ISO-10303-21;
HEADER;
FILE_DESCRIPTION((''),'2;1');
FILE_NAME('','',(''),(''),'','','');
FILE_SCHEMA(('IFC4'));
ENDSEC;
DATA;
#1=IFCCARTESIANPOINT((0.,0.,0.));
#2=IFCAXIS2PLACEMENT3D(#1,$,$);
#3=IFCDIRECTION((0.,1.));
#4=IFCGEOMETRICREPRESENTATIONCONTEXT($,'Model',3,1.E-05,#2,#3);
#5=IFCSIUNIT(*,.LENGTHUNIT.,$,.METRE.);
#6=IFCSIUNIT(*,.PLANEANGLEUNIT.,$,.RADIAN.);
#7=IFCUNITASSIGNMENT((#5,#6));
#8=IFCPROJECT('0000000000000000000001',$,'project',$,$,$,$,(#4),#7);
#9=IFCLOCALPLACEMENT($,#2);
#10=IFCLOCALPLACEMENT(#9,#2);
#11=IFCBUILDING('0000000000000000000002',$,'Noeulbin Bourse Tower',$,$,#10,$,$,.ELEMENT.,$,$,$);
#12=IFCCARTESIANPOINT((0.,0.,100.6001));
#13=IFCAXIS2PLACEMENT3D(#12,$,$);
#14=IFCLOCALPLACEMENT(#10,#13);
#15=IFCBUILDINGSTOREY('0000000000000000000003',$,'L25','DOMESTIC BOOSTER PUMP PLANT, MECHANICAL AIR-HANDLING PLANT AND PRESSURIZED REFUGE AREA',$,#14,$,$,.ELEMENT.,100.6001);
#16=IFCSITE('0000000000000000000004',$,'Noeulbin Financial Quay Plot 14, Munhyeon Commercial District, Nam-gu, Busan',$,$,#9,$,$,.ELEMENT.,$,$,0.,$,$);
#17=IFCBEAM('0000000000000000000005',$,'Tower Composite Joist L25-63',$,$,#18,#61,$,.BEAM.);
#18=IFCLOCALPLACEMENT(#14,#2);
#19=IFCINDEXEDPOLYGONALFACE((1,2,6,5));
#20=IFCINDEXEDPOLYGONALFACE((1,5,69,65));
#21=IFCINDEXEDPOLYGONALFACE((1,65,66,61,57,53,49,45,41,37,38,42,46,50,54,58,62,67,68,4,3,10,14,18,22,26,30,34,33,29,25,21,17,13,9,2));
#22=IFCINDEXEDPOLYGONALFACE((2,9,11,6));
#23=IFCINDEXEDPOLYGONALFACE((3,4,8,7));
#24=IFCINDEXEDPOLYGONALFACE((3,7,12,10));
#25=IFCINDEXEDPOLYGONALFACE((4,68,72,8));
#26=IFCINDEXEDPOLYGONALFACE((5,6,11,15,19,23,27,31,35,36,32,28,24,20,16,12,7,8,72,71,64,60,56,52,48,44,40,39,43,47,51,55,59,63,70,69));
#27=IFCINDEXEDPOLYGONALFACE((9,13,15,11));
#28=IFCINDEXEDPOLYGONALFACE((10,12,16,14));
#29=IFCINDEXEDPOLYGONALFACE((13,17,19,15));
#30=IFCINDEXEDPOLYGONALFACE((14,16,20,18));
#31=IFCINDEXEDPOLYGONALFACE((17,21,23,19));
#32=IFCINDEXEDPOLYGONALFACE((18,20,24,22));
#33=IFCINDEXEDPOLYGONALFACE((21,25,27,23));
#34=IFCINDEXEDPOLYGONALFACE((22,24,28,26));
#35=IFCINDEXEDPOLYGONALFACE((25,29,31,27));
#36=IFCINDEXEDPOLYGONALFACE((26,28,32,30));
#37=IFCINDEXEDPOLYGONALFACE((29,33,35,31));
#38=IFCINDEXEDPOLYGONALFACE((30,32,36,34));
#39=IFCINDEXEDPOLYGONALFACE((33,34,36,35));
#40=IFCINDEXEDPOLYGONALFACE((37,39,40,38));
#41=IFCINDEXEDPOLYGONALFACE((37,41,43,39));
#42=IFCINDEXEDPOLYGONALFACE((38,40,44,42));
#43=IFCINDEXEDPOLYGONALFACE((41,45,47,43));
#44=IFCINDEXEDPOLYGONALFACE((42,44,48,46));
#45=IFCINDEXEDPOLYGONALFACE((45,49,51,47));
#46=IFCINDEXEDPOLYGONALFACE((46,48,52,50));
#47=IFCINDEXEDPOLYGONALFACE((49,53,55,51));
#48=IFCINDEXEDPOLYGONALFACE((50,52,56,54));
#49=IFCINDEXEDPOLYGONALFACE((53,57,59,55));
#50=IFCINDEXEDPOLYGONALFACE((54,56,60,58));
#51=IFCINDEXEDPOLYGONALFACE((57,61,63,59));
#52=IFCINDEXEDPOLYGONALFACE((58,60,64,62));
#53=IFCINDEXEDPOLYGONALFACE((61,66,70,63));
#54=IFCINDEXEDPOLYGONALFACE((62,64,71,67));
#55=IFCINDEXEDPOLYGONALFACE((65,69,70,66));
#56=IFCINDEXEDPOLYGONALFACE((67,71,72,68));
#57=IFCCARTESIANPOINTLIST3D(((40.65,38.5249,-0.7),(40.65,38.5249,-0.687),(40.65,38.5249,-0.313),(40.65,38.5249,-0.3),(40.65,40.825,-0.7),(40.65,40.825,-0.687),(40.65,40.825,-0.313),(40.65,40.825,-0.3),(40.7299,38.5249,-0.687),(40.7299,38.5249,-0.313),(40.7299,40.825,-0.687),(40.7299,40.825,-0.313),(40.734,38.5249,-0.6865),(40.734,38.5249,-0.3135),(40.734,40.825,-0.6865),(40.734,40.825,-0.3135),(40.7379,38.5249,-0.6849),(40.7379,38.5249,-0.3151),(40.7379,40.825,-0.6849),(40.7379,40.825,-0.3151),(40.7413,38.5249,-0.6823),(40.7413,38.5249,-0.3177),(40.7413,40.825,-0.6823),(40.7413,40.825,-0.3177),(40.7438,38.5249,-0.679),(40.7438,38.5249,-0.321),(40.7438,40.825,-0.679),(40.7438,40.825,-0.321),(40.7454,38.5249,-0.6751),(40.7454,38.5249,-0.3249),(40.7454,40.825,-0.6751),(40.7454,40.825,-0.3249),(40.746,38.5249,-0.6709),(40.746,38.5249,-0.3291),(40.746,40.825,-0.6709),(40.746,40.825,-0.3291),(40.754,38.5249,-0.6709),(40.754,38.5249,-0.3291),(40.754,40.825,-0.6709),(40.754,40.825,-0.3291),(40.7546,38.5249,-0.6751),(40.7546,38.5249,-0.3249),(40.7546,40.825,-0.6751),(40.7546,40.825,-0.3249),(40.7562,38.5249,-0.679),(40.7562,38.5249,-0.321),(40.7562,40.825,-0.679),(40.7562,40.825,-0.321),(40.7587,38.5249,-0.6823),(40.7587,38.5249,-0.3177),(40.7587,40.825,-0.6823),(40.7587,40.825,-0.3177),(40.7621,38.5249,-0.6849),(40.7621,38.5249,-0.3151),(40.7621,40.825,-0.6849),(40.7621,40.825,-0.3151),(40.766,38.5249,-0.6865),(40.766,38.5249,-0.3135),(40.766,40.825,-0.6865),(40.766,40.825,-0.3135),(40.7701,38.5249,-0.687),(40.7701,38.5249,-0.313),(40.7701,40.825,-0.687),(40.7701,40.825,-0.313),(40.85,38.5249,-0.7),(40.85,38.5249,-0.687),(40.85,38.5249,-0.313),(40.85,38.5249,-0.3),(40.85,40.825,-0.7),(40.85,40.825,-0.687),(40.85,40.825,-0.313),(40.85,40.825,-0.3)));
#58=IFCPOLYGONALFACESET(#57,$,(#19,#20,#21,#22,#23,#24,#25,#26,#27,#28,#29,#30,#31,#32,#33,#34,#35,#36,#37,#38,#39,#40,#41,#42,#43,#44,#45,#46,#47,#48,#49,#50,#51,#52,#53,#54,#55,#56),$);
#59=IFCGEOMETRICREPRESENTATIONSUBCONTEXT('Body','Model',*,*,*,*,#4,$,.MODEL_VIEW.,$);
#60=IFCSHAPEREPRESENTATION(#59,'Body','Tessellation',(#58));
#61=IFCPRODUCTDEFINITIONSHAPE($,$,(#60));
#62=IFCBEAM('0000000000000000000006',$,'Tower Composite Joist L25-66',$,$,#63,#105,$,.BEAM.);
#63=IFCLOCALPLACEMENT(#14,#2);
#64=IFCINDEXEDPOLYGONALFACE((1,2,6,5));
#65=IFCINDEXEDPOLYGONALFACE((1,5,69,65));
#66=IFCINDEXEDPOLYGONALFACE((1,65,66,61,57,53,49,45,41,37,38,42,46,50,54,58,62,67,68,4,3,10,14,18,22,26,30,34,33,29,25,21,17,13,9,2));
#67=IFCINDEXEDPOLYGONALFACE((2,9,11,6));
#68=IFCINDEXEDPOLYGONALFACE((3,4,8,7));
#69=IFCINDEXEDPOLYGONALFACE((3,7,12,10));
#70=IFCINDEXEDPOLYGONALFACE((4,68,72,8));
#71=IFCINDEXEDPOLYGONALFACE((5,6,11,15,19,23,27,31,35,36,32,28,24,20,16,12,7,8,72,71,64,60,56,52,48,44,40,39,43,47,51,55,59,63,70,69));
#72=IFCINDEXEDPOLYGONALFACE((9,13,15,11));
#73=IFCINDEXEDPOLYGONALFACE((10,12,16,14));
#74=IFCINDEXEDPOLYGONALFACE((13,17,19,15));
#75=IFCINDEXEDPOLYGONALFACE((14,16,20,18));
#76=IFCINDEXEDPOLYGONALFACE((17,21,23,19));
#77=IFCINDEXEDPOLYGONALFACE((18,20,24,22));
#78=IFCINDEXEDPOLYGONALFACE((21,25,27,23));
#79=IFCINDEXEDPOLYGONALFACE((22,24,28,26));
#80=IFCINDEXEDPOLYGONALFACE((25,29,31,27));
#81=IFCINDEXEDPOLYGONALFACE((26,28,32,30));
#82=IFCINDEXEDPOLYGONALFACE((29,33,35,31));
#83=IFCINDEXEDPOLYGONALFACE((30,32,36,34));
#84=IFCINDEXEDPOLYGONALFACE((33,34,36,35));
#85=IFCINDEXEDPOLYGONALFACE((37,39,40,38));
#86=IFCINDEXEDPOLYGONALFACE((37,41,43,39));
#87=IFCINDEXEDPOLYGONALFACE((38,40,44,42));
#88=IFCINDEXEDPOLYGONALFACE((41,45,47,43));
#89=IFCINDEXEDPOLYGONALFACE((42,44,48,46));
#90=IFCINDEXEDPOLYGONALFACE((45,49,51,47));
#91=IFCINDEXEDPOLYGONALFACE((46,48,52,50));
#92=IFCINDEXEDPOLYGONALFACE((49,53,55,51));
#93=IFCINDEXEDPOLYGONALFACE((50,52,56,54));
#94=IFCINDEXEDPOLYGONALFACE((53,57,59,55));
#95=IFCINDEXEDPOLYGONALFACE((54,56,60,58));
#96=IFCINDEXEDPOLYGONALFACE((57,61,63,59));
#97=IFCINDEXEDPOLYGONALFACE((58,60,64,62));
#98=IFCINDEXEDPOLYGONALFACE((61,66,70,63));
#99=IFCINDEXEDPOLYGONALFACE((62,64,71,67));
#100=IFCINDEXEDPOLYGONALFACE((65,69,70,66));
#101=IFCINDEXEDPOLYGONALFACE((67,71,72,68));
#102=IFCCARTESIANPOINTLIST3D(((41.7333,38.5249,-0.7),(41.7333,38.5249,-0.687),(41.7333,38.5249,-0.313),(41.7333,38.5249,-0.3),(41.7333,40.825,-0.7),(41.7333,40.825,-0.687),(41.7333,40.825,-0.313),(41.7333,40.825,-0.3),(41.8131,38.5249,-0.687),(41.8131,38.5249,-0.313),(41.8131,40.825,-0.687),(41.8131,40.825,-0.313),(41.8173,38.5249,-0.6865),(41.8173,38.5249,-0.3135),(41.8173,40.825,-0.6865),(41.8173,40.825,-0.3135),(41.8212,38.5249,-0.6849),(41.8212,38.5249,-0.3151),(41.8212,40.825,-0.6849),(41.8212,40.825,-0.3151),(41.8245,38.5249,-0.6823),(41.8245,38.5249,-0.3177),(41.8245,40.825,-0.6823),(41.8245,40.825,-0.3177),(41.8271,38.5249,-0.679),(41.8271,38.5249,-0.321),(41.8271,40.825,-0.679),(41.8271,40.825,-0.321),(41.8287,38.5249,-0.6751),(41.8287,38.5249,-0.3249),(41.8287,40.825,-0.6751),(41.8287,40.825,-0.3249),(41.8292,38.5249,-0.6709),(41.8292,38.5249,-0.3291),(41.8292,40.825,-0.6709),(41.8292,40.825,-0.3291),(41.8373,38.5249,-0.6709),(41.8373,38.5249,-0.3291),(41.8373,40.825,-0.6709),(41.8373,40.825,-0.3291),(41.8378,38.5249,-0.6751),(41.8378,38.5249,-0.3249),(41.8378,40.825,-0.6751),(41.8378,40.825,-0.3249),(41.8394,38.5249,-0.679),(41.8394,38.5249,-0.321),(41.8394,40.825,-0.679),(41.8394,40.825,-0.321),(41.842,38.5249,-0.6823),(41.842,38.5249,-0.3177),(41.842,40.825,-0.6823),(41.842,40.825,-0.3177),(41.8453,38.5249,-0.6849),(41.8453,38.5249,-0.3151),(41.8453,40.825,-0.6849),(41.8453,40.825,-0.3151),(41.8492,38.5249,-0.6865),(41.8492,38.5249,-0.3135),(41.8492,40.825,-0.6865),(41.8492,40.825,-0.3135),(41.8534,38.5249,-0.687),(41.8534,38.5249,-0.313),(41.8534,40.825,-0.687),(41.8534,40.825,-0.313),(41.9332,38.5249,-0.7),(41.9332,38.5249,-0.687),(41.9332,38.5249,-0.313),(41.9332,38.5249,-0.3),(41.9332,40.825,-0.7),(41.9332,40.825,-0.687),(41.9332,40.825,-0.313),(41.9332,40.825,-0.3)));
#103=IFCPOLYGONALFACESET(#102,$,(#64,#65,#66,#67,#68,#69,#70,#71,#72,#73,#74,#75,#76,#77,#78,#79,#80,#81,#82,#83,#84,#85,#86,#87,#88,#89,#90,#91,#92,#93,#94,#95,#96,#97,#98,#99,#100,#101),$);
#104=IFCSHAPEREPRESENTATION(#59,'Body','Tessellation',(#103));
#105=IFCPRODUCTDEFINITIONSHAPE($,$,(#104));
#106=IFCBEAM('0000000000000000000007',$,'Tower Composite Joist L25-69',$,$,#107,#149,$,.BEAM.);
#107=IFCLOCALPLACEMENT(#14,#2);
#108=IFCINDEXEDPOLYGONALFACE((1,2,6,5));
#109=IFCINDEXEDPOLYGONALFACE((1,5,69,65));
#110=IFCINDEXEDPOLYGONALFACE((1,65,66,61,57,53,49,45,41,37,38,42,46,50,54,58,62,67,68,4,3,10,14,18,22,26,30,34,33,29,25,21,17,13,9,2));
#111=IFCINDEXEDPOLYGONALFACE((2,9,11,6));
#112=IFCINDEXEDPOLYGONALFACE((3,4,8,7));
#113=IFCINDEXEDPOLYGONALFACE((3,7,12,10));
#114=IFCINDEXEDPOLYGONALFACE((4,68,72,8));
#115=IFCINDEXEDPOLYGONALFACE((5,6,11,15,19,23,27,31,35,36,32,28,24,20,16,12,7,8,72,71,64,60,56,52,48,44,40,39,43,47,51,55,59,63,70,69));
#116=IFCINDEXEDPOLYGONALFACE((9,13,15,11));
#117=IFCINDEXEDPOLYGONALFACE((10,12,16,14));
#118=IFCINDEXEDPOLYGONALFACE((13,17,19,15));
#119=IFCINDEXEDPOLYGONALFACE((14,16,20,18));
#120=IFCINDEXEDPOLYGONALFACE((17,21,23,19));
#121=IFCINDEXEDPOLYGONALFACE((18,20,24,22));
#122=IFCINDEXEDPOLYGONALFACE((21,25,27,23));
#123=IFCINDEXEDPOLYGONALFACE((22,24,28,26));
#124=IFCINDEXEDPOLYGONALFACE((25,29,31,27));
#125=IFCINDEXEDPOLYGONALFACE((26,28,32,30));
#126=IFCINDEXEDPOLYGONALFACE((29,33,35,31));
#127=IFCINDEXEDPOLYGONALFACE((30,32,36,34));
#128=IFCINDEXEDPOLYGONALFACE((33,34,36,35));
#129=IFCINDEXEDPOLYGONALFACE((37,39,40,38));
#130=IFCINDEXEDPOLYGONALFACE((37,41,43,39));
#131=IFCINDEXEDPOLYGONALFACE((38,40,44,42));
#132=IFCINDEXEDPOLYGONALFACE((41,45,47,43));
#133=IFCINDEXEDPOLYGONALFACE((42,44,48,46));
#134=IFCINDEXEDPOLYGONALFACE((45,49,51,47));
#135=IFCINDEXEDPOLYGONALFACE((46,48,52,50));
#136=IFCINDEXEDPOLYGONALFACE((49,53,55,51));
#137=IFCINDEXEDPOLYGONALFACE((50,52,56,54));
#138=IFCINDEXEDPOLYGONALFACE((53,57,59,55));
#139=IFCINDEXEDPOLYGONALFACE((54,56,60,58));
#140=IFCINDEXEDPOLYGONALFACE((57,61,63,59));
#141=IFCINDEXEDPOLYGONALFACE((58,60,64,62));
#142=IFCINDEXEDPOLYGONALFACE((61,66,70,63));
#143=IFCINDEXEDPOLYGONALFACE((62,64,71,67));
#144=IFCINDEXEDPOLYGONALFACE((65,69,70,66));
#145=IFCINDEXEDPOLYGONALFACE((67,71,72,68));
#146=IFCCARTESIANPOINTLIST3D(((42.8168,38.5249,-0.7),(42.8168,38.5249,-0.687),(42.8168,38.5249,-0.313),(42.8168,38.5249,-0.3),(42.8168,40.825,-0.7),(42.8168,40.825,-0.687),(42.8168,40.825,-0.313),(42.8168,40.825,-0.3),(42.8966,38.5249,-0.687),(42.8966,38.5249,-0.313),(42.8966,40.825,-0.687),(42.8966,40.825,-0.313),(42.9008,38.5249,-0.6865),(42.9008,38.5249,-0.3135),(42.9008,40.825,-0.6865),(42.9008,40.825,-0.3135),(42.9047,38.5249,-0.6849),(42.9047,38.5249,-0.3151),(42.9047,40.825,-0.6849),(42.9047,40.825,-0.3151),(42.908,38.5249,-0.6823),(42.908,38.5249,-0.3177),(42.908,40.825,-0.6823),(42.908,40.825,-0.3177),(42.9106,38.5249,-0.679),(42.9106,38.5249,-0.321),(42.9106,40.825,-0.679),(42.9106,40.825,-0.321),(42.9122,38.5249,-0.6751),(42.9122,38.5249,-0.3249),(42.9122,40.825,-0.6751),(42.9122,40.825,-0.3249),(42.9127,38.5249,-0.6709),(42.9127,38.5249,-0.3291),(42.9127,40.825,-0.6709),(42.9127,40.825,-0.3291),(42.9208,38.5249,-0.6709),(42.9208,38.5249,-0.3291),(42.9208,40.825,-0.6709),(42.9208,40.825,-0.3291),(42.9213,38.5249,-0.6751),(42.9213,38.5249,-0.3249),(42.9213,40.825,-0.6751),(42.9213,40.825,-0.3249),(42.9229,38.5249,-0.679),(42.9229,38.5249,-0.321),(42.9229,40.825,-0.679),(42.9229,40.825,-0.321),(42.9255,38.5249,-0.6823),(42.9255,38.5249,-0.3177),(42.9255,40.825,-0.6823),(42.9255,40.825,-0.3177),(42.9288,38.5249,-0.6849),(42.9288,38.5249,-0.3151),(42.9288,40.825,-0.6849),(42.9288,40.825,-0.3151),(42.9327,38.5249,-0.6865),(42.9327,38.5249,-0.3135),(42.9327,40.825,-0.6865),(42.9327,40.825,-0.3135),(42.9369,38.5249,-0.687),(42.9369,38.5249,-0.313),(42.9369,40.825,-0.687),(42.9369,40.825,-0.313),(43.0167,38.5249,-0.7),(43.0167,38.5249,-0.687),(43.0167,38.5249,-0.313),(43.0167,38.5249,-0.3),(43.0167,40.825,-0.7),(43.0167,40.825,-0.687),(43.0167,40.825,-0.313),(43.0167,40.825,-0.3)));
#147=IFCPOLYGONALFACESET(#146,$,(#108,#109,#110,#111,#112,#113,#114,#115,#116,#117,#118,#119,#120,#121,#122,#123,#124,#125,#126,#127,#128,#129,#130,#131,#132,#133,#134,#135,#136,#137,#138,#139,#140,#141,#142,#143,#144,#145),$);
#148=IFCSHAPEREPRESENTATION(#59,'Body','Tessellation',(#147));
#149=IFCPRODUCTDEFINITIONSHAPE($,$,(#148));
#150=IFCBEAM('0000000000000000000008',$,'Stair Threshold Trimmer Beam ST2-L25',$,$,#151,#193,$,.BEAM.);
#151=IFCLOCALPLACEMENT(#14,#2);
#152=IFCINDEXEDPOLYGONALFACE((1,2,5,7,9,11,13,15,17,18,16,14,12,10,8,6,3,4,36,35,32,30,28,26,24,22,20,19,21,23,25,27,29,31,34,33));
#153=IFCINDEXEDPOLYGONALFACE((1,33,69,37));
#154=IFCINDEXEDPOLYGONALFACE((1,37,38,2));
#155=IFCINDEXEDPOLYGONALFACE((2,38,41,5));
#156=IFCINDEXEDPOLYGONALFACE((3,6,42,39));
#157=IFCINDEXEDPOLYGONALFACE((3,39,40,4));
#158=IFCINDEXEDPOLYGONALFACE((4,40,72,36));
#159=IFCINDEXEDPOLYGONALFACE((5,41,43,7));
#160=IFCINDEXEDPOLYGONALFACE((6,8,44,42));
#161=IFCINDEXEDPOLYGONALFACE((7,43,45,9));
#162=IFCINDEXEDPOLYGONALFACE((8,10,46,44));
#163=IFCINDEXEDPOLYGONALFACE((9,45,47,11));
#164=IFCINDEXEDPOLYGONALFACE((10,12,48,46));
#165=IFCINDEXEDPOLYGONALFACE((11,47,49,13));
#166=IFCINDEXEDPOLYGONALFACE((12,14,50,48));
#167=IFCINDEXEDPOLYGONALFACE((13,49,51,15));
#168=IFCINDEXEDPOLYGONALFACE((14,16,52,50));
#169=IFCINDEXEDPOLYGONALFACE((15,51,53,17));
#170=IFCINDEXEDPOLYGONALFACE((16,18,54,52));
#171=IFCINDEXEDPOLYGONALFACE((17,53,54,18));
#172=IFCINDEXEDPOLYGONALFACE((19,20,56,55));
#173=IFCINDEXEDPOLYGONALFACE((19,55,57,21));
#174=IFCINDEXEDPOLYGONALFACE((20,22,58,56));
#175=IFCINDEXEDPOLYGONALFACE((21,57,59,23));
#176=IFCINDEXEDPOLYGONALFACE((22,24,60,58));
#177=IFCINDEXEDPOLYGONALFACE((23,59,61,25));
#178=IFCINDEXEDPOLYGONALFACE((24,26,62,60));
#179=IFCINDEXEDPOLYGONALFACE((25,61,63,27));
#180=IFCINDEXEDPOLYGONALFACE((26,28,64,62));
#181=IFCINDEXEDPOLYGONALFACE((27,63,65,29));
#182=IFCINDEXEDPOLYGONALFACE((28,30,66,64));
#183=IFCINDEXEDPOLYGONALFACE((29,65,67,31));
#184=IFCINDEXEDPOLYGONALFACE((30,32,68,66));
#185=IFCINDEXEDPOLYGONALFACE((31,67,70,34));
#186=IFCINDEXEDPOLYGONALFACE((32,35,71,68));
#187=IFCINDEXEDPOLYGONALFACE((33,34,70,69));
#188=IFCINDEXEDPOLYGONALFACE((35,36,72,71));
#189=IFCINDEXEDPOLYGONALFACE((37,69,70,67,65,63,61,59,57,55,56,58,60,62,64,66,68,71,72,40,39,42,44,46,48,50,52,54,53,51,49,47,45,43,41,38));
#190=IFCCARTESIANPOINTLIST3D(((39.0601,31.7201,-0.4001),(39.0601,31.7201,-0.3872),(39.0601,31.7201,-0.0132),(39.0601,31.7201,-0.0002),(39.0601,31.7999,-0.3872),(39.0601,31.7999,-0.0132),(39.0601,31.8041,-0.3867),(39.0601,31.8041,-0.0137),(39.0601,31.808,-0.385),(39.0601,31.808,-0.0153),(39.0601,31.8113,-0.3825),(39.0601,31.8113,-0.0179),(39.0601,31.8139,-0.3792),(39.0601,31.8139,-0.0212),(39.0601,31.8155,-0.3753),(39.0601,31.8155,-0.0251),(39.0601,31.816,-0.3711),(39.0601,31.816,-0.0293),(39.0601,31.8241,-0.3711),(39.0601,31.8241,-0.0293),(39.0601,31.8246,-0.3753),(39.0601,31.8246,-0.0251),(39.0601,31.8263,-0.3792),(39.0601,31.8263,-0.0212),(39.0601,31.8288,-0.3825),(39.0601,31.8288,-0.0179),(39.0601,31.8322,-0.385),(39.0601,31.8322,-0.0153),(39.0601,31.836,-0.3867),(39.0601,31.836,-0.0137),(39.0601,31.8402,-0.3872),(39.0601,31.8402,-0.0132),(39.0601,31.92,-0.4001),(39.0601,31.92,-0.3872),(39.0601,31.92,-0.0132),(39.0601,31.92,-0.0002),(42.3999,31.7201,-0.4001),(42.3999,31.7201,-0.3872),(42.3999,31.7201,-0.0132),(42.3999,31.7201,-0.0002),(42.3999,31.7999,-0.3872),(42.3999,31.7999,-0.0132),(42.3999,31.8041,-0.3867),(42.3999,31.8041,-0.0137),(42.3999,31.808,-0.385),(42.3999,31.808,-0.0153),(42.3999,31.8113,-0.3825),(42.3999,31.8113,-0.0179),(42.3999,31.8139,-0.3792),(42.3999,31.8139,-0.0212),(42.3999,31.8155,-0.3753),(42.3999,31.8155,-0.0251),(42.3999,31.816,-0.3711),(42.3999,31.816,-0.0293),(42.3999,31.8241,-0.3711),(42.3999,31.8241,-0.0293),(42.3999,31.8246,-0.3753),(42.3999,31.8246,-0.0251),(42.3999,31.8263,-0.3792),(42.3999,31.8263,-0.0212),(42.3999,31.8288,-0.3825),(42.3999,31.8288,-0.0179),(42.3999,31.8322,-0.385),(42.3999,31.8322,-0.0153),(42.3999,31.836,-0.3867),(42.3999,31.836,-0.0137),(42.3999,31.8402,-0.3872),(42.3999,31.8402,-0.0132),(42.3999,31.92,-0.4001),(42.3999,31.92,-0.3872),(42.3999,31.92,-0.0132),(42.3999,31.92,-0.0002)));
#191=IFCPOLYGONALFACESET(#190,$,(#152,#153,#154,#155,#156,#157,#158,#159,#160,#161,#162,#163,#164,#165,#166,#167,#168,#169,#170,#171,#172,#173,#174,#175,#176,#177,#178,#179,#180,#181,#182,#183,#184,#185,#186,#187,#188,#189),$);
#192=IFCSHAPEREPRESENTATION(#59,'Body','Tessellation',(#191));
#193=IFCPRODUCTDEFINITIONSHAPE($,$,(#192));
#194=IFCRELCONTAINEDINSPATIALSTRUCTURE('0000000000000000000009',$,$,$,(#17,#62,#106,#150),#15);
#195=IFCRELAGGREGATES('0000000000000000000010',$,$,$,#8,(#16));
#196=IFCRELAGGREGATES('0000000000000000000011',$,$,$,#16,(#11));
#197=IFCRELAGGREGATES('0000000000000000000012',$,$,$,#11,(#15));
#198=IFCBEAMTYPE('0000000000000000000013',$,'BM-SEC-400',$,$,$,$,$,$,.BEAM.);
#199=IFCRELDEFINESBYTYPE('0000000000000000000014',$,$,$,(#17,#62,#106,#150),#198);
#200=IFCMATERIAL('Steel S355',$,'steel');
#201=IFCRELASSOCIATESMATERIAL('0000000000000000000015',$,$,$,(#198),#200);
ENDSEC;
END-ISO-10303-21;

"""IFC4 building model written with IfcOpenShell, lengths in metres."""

from ifc_helpers import new_model, si_unit, direction, frame, origin, origin_2d, place, context, subcontext, project, spatial, i_section, extrude, material, material_profile, profile_set, type_object, element, save


model = new_model("IFC4")

# Units and contexts
model_context = context("Model", 3, precision=1e-05, world=origin(), true_north=direction((0.0, 1.0)))
body_context = subcontext(model_context, "Body", "Model", "MODEL_VIEW")
ifc_project = project(units=[si_unit("LENGTHUNIT", "METRE"), si_unit("PLANEANGLEUNIT", "RADIAN")], contexts=[model_context])

# Site, building, storey
site_placement = place(None, origin())
site = spatial("IfcSite", under=ifc_project, at=site_placement, Name="Noeulbin Financial Quay Plot 14, Munhyeon Commercial District, Nam-gu, Busan", CompositionType="ELEMENT", RefElevation=0.0)
building_placement = place(site_placement, origin())
building = spatial("IfcBuilding", under=site, at=building_placement, Name="Noeulbin Bourse Tower", CompositionType="ELEMENT")
storey_placement = place(building_placement, frame((0.0, 0.0, 100.6001)))
storey = spatial("IfcBuildingStorey", under=building, at=storey_placement, Name="L25", Description="DOMESTIC BOOSTER PUMP PLANT, MECHANICAL AIR-HANDLING PLANT AND PRESSURIZED REFUGE AREA", CompositionType="ELEMENT", Elevation=100.6001)

# Beams
ifc_material_1 = material(Name="Steel S355", Category="steel")
ifc_material_profile_1 = material_profile(ifc_material_1, i_section(OverallWidth=0.2, OverallDepth=0.3999, WebThickness=0.0081, FlangeThickness=0.0129, FilletRadius=0.0161, at=origin_2d()), Name="H-400x200x8x13", Category="LoadBearing")
ifc_profile_set_1 = profile_set([ifc_material_profile_1], Name="Steel S355")
beam_type_1 = type_object("IfcBeamType", Name="BM-SEC-400", PredefinedType="BEAM", material=ifc_profile_set_1)
for number, where, z_axis, x_axis, name in (
    (1, (40.75, 38.5249, -0.5), (0.0, 1.0, 0.0), (-1.0, 0.0, 0.0), "Tower Composite Joist L25-63"),
    (2, (41.8333, 38.5249, -0.5), (0.0, 1.0, 0.0), (-1.0, 0.0, 0.0), "Tower Composite Joist L25-66"),
    (3, (42.9167, 38.5249, -0.5), (0.0, 1.0, 0.0), (-1.0, 0.0, 0.0), "Tower Composite Joist L25-69"),
):
    element("IfcBeam", number, at=place(storey_placement, frame(where, z_axis=z_axis, x_axis=x_axis)), inside=storey, type_object=beam_type_1, Name=name, PredefinedType="BEAM", context=body_context, shape_type="SweptSolid", body=[
        extrude(i_section(OverallWidth=0.2, OverallDepth=0.3999, WebThickness=0.0081, FlangeThickness=0.0129, FilletRadius=0.0161, at=origin_2d()), origin(), (0.0, 0.0, 1.0), 2.3),
    ])
beam_1_placement = place(storey_placement, frame((39.0601, 31.8201, -0.2002), z_axis=(1.0, 0.0, 0.0), x_axis=(0.0, 1.0, 0.0)))
element("IfcBeam", 4, at=beam_1_placement, inside=storey, type_object=beam_type_1, Name="Stair Threshold Trimmer Beam ST2-L25", PredefinedType="BEAM", context=body_context, shape_type="SweptSolid", body=[
    extrude(i_section(OverallWidth=0.2, OverallDepth=0.3999, WebThickness=0.0081, FlangeThickness=0.0129, FilletRadius=0.0161, at=origin_2d()), origin(), (0.0, 0.0, 1.0), 3.3398),
])

save(model, "model.ifc")
